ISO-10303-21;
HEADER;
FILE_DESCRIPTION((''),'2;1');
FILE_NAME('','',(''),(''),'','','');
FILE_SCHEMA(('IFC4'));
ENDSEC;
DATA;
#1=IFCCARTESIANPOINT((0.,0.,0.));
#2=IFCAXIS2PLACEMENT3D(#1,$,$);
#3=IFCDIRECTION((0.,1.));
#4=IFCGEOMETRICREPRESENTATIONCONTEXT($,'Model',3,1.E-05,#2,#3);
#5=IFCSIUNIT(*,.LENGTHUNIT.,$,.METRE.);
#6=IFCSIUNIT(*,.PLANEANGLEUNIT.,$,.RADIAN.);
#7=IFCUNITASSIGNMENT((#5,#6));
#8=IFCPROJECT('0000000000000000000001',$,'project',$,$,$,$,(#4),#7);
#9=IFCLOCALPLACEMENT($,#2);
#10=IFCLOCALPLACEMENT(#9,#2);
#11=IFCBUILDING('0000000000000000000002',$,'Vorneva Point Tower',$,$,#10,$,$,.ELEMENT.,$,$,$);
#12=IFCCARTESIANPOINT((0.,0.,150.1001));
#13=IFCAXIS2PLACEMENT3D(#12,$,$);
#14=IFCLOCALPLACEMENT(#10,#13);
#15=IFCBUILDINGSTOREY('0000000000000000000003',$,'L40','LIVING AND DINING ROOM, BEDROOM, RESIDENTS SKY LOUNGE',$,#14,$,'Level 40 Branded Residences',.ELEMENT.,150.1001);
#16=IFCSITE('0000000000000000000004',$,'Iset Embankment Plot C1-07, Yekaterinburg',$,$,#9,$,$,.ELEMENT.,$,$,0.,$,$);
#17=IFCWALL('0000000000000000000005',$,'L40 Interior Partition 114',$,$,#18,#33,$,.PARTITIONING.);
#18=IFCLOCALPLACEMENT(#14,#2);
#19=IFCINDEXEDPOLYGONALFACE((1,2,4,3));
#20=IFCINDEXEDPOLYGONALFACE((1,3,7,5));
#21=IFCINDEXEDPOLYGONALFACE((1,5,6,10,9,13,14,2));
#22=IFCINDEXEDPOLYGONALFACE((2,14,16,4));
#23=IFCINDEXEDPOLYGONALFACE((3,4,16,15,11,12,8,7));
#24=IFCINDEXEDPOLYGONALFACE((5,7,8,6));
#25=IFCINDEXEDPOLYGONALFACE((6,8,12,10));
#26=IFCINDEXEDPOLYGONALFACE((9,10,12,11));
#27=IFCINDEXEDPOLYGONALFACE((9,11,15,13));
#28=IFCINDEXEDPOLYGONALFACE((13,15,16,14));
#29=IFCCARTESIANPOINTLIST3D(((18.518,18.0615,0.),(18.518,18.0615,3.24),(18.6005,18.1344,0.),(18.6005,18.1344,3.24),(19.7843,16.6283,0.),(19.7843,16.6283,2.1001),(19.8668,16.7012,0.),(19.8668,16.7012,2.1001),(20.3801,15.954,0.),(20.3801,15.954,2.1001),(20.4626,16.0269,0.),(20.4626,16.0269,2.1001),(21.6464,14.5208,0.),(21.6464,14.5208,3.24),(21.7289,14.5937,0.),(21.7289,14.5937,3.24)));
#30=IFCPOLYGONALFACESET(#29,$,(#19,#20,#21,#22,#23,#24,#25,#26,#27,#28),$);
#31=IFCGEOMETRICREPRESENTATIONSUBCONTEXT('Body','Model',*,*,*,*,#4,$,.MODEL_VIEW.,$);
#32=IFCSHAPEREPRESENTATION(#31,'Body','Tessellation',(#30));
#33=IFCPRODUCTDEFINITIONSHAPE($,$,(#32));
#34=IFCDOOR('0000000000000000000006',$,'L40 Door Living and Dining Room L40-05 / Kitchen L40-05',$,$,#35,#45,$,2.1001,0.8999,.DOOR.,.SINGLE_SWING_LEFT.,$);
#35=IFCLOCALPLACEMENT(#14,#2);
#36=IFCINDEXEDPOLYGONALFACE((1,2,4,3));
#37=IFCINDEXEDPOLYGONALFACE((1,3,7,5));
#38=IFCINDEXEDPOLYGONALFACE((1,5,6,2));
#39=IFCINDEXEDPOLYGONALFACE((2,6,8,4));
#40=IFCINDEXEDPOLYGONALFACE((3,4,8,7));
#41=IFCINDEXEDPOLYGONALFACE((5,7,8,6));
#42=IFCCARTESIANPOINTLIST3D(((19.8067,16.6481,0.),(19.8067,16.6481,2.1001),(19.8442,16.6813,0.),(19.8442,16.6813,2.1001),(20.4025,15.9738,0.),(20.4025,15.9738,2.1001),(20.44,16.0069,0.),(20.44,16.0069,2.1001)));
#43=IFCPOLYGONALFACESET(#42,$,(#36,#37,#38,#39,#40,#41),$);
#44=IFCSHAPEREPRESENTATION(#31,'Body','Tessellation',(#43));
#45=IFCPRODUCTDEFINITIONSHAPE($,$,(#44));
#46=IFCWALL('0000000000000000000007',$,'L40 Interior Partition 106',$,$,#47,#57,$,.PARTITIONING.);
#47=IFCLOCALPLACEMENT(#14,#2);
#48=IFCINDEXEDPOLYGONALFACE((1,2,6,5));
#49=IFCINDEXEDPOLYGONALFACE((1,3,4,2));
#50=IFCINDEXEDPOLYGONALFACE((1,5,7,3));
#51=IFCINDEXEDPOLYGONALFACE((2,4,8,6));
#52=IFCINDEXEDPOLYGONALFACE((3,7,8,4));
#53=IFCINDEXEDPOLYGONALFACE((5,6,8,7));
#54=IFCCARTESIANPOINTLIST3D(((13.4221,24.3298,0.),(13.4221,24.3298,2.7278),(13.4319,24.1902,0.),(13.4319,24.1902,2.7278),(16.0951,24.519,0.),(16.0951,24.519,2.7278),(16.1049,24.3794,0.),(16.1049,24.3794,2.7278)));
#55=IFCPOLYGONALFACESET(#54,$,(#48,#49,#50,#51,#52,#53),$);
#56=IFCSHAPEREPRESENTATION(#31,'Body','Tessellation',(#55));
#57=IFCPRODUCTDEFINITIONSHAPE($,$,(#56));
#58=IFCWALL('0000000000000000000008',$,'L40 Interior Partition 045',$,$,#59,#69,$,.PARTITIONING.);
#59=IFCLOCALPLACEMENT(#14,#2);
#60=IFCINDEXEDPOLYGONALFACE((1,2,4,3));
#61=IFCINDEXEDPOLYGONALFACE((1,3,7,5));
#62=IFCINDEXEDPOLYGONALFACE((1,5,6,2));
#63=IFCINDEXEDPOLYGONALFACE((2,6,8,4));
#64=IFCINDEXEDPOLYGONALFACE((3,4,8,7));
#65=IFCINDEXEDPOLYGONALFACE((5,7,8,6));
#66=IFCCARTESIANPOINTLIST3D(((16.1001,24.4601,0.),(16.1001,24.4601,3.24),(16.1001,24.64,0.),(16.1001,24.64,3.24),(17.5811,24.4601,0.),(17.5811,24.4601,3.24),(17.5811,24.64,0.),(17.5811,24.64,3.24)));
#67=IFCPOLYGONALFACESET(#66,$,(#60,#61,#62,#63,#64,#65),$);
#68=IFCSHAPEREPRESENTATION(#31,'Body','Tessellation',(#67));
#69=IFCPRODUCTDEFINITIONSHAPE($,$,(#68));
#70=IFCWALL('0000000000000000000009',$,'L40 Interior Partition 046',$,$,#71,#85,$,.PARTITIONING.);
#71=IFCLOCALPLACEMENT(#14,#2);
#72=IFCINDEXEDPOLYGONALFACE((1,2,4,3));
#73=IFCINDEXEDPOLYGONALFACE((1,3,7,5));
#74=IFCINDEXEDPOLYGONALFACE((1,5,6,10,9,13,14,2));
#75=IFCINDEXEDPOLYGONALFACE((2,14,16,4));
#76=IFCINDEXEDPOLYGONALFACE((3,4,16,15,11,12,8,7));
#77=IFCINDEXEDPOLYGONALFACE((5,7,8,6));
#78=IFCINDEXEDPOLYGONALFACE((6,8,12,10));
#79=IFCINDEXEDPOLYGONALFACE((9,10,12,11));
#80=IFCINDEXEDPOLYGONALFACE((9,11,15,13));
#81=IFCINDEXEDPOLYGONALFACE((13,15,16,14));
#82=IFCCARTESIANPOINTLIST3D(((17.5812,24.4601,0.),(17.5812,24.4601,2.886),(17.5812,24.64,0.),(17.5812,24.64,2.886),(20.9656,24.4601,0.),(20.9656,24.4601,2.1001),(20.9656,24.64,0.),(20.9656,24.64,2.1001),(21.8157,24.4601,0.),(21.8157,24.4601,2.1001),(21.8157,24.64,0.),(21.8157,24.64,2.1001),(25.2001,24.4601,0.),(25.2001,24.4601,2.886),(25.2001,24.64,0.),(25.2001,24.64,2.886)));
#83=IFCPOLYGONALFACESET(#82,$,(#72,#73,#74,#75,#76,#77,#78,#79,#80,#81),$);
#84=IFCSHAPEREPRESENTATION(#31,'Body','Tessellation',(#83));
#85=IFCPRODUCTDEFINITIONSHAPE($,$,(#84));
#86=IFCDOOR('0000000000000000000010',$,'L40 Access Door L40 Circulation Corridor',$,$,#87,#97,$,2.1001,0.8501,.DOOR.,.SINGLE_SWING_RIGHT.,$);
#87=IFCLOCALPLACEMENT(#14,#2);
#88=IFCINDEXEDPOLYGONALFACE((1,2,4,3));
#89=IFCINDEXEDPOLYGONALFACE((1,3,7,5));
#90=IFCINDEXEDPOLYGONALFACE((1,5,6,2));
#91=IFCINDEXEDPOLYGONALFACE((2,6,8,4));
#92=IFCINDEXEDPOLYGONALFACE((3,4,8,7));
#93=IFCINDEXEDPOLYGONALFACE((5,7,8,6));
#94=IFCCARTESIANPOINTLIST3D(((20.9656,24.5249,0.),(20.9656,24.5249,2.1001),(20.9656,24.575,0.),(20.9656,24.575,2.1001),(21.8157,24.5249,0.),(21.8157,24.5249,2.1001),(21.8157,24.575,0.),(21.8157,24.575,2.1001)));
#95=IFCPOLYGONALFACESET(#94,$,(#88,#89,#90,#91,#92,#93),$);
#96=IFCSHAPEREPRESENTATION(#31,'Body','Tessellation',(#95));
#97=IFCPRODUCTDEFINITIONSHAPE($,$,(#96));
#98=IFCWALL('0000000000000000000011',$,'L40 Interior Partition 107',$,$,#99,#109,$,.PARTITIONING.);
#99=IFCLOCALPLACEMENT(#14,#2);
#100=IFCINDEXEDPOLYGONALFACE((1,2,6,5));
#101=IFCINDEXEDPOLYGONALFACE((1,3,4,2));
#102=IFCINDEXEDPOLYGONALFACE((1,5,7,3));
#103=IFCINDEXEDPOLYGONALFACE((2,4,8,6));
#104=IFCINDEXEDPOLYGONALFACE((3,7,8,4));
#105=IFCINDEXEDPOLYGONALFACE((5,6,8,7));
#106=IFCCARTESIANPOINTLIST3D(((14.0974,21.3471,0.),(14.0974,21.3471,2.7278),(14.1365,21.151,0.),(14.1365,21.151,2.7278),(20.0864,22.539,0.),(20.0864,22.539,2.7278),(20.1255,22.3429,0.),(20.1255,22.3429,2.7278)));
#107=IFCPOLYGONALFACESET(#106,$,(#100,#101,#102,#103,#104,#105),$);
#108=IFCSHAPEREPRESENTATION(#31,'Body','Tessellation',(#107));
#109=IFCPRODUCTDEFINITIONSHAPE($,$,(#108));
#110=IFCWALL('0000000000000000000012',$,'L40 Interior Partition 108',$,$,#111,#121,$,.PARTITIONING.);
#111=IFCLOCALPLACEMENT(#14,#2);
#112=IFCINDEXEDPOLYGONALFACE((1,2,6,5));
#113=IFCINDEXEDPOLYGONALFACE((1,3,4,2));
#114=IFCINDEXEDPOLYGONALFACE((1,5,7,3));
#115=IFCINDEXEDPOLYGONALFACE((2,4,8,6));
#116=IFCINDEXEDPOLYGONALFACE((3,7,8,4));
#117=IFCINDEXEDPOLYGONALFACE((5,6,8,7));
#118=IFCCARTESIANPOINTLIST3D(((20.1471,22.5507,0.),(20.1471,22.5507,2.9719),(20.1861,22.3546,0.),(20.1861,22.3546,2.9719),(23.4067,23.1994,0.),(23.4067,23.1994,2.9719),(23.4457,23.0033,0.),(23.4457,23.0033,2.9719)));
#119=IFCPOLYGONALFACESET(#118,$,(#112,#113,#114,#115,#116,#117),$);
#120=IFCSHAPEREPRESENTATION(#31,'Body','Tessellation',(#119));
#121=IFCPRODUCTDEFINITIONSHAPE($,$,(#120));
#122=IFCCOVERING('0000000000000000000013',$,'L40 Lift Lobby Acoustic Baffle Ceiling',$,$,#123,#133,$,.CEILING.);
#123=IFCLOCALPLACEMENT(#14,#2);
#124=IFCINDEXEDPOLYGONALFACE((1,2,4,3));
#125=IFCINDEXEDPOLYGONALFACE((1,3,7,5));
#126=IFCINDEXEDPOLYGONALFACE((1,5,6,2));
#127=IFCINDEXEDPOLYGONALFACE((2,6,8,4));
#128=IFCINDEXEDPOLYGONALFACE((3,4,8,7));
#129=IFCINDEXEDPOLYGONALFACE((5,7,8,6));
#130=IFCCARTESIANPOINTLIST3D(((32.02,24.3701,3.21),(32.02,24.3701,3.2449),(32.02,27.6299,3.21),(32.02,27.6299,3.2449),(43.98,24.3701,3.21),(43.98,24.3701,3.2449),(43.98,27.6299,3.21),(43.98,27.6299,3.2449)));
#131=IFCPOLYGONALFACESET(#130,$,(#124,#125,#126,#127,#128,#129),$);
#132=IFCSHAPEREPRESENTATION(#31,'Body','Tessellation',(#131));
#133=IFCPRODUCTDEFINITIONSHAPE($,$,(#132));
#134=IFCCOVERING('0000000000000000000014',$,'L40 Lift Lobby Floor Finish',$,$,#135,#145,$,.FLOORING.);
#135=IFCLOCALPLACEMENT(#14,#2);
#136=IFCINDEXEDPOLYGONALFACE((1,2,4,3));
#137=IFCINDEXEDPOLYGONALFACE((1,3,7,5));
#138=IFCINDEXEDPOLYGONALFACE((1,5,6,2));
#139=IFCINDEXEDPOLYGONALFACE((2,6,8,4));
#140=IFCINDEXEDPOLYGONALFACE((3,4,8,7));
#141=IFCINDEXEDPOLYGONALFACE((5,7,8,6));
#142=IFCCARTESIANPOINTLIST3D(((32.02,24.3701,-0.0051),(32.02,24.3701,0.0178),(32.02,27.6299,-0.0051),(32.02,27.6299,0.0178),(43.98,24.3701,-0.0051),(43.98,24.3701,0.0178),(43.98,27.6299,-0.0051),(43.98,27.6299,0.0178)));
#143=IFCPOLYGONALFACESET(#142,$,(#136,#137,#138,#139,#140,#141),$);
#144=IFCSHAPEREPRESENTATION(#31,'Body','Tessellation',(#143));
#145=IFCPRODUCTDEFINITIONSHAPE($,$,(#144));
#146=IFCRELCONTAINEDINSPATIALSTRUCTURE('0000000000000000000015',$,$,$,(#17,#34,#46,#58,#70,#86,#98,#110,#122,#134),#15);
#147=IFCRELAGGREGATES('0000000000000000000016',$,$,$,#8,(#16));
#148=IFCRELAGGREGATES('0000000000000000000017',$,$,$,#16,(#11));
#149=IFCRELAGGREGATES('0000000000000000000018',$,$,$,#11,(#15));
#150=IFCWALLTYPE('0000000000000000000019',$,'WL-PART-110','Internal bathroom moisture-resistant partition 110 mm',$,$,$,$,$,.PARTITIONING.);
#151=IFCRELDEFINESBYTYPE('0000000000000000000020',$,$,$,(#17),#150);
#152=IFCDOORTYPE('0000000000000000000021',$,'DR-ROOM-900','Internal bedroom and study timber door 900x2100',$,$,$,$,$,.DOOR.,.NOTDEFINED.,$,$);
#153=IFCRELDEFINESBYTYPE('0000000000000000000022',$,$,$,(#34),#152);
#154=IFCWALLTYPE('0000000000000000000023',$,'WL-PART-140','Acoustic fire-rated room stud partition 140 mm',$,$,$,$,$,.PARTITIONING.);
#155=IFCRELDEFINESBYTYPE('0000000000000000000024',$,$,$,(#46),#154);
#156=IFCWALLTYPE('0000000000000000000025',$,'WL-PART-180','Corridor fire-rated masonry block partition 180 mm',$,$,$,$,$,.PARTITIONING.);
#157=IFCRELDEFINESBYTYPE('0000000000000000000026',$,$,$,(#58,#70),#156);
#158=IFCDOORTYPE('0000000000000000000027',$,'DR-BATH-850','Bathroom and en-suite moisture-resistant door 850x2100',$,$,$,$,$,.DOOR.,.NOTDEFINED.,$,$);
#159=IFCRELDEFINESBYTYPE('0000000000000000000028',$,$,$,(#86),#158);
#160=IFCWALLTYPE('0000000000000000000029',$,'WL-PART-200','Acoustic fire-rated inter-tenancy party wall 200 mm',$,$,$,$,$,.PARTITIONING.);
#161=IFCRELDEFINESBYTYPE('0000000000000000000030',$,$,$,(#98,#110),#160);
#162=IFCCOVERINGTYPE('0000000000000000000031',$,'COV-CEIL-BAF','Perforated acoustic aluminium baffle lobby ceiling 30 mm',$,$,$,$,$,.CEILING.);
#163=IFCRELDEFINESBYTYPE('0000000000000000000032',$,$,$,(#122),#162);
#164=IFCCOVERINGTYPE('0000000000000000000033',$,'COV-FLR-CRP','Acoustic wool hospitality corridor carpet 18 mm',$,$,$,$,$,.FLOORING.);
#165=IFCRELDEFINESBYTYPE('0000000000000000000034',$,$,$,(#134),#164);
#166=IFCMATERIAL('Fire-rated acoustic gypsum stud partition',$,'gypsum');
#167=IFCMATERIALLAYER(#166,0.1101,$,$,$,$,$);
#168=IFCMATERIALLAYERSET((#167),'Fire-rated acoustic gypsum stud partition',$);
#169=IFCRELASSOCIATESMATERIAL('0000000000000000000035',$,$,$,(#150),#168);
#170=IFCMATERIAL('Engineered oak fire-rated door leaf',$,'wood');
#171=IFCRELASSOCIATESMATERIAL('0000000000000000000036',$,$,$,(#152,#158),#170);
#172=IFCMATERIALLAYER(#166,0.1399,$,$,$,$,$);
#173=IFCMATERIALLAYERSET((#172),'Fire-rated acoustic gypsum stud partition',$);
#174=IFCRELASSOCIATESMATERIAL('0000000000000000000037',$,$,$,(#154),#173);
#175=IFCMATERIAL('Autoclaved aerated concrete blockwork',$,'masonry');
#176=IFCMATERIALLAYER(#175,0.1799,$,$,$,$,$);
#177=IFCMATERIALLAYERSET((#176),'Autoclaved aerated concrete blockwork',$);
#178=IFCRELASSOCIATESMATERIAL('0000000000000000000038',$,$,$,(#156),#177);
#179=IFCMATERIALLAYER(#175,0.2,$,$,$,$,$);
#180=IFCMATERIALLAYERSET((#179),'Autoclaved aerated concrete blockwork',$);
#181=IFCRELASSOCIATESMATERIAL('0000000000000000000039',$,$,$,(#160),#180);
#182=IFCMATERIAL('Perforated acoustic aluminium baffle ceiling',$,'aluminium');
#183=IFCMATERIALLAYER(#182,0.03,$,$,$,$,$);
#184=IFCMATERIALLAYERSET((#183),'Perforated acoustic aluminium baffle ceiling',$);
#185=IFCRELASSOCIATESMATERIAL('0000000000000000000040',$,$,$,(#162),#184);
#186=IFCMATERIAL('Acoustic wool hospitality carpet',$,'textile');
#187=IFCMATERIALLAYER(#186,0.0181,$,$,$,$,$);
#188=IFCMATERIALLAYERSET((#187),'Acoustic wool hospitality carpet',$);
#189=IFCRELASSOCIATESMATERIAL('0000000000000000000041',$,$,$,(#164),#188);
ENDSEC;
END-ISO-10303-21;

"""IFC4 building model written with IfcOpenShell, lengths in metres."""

from ifc_helpers import new_model, si_unit, direction, frame, frame_2d, origin, place, context, subcontext, project, spatial, polyline, rectangle, outline, extrude, material, layer, layer_set, type_object, element, fill, save


model = new_model("IFC4")

# Units and contexts
model_context = context("Model", 3, precision=1e-05, world=origin(), true_north=direction((0.0, 1.0)))
body_context = subcontext(model_context, "Body", "Model", "MODEL_VIEW")
ifc_project = project(units=[si_unit("LENGTHUNIT", "METRE"), si_unit("PLANEANGLEUNIT", "RADIAN")], contexts=[model_context])

# Site, building, storey
site_placement = place(None, origin())
site = spatial("IfcSite", under=ifc_project, at=site_placement, Name="Iset Embankment Plot C1-07, Yekaterinburg", CompositionType="ELEMENT", RefElevation=0.0)
building_placement = place(site_placement, origin())
building = spatial("IfcBuilding", under=site, at=building_placement, Name="Vorneva Point Tower", CompositionType="ELEMENT")
storey_placement = place(building_placement, frame((0.0, 0.0, 150.1001)))
storey = spatial("IfcBuildingStorey", under=building, at=storey_placement, Name="L40", Description="LIVING AND DINING ROOM, BEDROOM, RESIDENTS SKY LOUNGE", LongName="Level 40 Branded Residences", CompositionType="ELEMENT", Elevation=150.1001)

# Shared definitions
ifc_material_1 = material(Name="Fire-rated acoustic gypsum stud partition", Category="gypsum")
ifc_layer_1 = layer(ifc_material_1, 0.1101)
ifc_layer_set_1 = layer_set([ifc_layer_1], Name="Fire-rated acoustic gypsum stud partition")
wall_type_1 = type_object("IfcWallType", Name="WL-PART-110", Description="Internal bathroom moisture-resistant partition 110 mm", PredefinedType="PARTITIONING", material=ifc_layer_set_1)

# Wall, opening, door
wall_1_placement = place(storey_placement, frame((18.5593, 18.0979, 0.0), z_axis=(0.0, 0.0, 1.0), x_axis=(0.662122, -0.749396, 0.0)))
wall_1 = element("IfcWall", 1, at=wall_1_placement, inside=storey, type_object=wall_type_1, Name="L40 Interior Partition 114", PredefinedType="PARTITIONING", context=body_context, shape_type="SweptSolid", body=[
    extrude(rectangle(XDim=4.7249, YDim=0.1101, at=frame_2d((2.3623, 0.0))), origin(), (0.0, 0.0, 1.0), 3.24),
])
opening_1_placement = place(wall_1_placement, frame((1.9124, 0.0, 0.0)))
opening_1 = element("IfcOpeningElement", 2, at=opening_1_placement, cuts=wall_1, PredefinedType="OPENING", context=body_context, shape_type="SweptSolid", body=[
    extrude(rectangle(XDim=0.8999, YDim=2.1001, at=frame_2d((0.45, 1.05))), frame((0.0, 0.0698, 0.0), z_axis=(0.0, -1.0, 0.0), x_axis=(1.0, 0.0, 0.0)), (0.0, 0.0, 1.0), 0.1399),
])
ifc_material_2 = material(Name="Engineered oak fire-rated door leaf", Category="wood")
door_type_1 = type_object("IfcDoorType", Name="DR-ROOM-900", Description="Internal bedroom and study timber door 900x2100", OperationType="NOTDEFINED", PredefinedType="DOOR", material=ifc_material_2)
door_1_placement = place(opening_1_placement, origin())
door_1 = element("IfcDoor", 3, at=door_1_placement, inside=storey, type_object=door_type_1, Name="L40 Door Living and Dining Room L40-05 / Kitchen L40-05", OperationType="SINGLE_SWING_LEFT", OverallHeight=2.1001, OverallWidth=0.8999, PredefinedType="DOOR", context=body_context, shape_type="SweptSolid", body=[
    extrude(rectangle(XDim=0.8999, YDim=2.1001, at=frame_2d((0.45, 1.05))), frame((0.0, 0.0249, 0.0), z_axis=(0.0, -1.0, 0.0), x_axis=(1.0, 0.0, 0.0)), (0.0, 0.0, 1.0), 0.05),
])
fill(opening_1, door_1)

# Walls
ifc_layer_2 = layer(ifc_material_1, 0.1399)
ifc_layer_set_2 = layer_set([ifc_layer_2], Name="Fire-rated acoustic gypsum stud partition")
wall_type_2 = type_object("IfcWallType", Name="WL-PART-140", Description="Acoustic fire-rated room stud partition 140 mm", PredefinedType="PARTITIONING", material=ifc_layer_set_2)
wall_2_placement = place(storey_placement, frame((13.427, 24.26, 0.0), z_axis=(0.0, 0.0, 1.0), x_axis=(0.997504, 0.070606, 0.0)))
element("IfcWall", 4, at=wall_2_placement, inside=storey, type_object=wall_type_2, Name="L40 Interior Partition 106", PredefinedType="PARTITIONING", context=body_context, shape_type="SweptSolid", body=[
    extrude(rectangle(XDim=2.6797, YDim=0.1399, at=frame_2d((1.3398, 0.0))), origin(), (0.0, 0.0, 1.0), 2.7278),
])
ifc_material_3 = material(Name="Autoclaved aerated concrete blockwork", Category="masonry")
ifc_layer_3 = layer(ifc_material_3, 0.1799)
ifc_layer_set_3 = layer_set([ifc_layer_3], Name="Autoclaved aerated concrete blockwork")
wall_type_3 = type_object("IfcWallType", Name="WL-PART-180", Description="Corridor fire-rated masonry block partition 180 mm", PredefinedType="PARTITIONING", material=ifc_layer_set_3)
wall_3_placement = place(storey_placement, frame((16.1001, 24.55, 0.0), z_axis=(0.0, 0.0, 1.0), x_axis=(1.0, 0.0, 0.0)))
element("IfcWall", 5, at=wall_3_placement, inside=storey, type_object=wall_type_3, Name="L40 Interior Partition 045", PredefinedType="PARTITIONING", context=body_context, shape_type="SweptSolid", body=[
    extrude(rectangle(XDim=1.481, YDim=0.1799, at=frame_2d((0.7405, 0.0))), origin(), (0.0, 0.0, 1.0), 3.24),
])

# Wall, opening, door
wall_4_placement = place(storey_placement, frame((17.5811, 24.55, 0.0), z_axis=(0.0, 0.0, 1.0), x_axis=(1.0, 0.0, 0.0)))
wall_4 = element("IfcWall", 6, at=wall_4_placement, inside=storey, type_object=wall_type_3, Name="L40 Interior Partition 046", PredefinedType="PARTITIONING", context=body_context, shape_type="SweptSolid", body=[
    extrude(rectangle(XDim=7.6189, YDim=0.1799, at=frame_2d((3.8096, 0.0))), origin(), (0.0, 0.0, 1.0), 2.886),
])
opening_2_placement = place(wall_4_placement, frame((3.3845, 0.0, 0.0)))
opening_2 = element("IfcOpeningElement", 7, at=opening_2_placement, cuts=wall_4, PredefinedType="OPENING", context=body_context, shape_type="SweptSolid", body=[
    extrude(rectangle(XDim=0.8501, YDim=2.1001, at=frame_2d((0.425, 1.05))), frame((0.0, 0.105, 0.0), z_axis=(0.0, -1.0, 0.0), x_axis=(1.0, 0.0, 0.0)), (0.0, 0.0, 1.0), 0.2097),
])
door_type_2 = type_object("IfcDoorType", Name="DR-BATH-850", Description="Bathroom and en-suite moisture-resistant door 850x2100", OperationType="NOTDEFINED", PredefinedType="DOOR", material=ifc_material_2)
door_2_placement = place(opening_2_placement, origin())
door_2 = element("IfcDoor", 8, at=door_2_placement, inside=storey, type_object=door_type_2, Name="L40 Access Door L40 Circulation Corridor", OperationType="SINGLE_SWING_RIGHT", OverallHeight=2.1001, OverallWidth=0.8501, PredefinedType="DOOR", context=body_context, shape_type="SweptSolid", body=[
    extrude(rectangle(XDim=0.8501, YDim=2.1001, at=frame_2d((0.425, 1.05))), frame((0.0, 0.0249, 0.0), z_axis=(0.0, -1.0, 0.0), x_axis=(1.0, 0.0, 0.0)), (0.0, 0.0, 1.0), 0.05),
])
fill(opening_2, door_2)

# Walls
ifc_layer_4 = layer(ifc_material_3, 0.2)
ifc_layer_set_4 = layer_set([ifc_layer_4], Name="Autoclaved aerated concrete blockwork")
wall_type_4 = type_object("IfcWallType", Name="WL-PART-200", Description="Acoustic fire-rated inter-tenancy party wall 200 mm", PredefinedType="PARTITIONING", material=ifc_layer_set_4)
wall_5_placement = place(storey_placement, frame((14.1169, 21.249, 0.0), z_axis=(0.0, 0.0, 1.0), x_axis=(0.980766, 0.195186, 0.0)))
element("IfcWall", 9, at=wall_5_placement, inside=storey, type_object=wall_type_4, Name="L40 Interior Partition 107", PredefinedType="PARTITIONING", context=body_context, shape_type="SweptSolid", body=[
    extrude(rectangle(XDim=6.1064, YDim=0.2, at=frame_2d((3.0532, 0.0))), origin(), (0.0, 0.0, 1.0), 2.7278),
])
wall_6_placement = place(storey_placement, frame((20.1667, 22.4526, 0.0), z_axis=(0.0, 0.0, 1.0), x_axis=(0.980767, 0.195184, 0.0)))
element("IfcWall", 10, at=wall_6_placement, inside=storey, type_object=wall_type_4, Name="L40 Interior Partition 108", PredefinedType="PARTITIONING", context=body_context, shape_type="SweptSolid", body=[
    extrude(rectangle(XDim=3.3235, YDim=0.2, at=frame_2d((1.6616, 0.0))), origin(), (0.0, 0.0, 1.0), 2.9719),
])

# Coverings
ifc_material_4 = material(Name="Perforated acoustic aluminium baffle ceiling", Category="aluminium")
ifc_layer_5 = layer(ifc_material_4, 0.03)
ifc_layer_set_5 = layer_set([ifc_layer_5], Name="Perforated acoustic aluminium baffle ceiling")
covering_type_1 = type_object("IfcCoveringType", Name="COV-CEIL-BAF", Description="Perforated acoustic aluminium baffle lobby ceiling 30 mm", PredefinedType="CEILING", material=ifc_layer_set_5)
covering_1_placement = place(storey_placement, frame((0.0, 0.0, 3.21)))
element("IfcCovering", 11, at=covering_1_placement, inside=storey, type_object=covering_type_1, Name="L40 Lift Lobby Acoustic Baffle Ceiling", PredefinedType="CEILING", context=body_context, shape_type="SweptSolid", body=[
    extrude(outline(polyline([(32.02, 24.3701), (43.98, 24.3701), (43.98, 27.6299), (32.02, 27.6299), (32.02, 24.3701)])), origin(), (0.0, 0.0, 1.0), 0.0349),
])
ifc_material_5 = material(Name="Acoustic wool hospitality carpet", Category="textile")
ifc_layer_6 = layer(ifc_material_5, 0.0181)
ifc_layer_set_6 = layer_set([ifc_layer_6], Name="Acoustic wool hospitality carpet")
covering_type_2 = type_object("IfcCoveringType", Name="COV-FLR-CRP", Description="Acoustic wool hospitality corridor carpet 18 mm", PredefinedType="FLOORING", material=ifc_layer_set_6)
covering_2_placement = place(storey_placement, frame((0.0, 0.0, -0.0051)))
element("IfcCovering", 12, at=covering_2_placement, inside=storey, type_object=covering_type_2, Name="L40 Lift Lobby Floor Finish", PredefinedType="FLOORING", context=body_context, shape_type="SweptSolid", body=[
    extrude(outline(polyline([(32.02, 24.3701), (43.98, 24.3701), (43.98, 27.6299), (32.02, 27.6299), (32.02, 24.3701)])), origin(), (0.0, 0.0, 1.0), 0.0229),
])

save(model, "model.ifc")
